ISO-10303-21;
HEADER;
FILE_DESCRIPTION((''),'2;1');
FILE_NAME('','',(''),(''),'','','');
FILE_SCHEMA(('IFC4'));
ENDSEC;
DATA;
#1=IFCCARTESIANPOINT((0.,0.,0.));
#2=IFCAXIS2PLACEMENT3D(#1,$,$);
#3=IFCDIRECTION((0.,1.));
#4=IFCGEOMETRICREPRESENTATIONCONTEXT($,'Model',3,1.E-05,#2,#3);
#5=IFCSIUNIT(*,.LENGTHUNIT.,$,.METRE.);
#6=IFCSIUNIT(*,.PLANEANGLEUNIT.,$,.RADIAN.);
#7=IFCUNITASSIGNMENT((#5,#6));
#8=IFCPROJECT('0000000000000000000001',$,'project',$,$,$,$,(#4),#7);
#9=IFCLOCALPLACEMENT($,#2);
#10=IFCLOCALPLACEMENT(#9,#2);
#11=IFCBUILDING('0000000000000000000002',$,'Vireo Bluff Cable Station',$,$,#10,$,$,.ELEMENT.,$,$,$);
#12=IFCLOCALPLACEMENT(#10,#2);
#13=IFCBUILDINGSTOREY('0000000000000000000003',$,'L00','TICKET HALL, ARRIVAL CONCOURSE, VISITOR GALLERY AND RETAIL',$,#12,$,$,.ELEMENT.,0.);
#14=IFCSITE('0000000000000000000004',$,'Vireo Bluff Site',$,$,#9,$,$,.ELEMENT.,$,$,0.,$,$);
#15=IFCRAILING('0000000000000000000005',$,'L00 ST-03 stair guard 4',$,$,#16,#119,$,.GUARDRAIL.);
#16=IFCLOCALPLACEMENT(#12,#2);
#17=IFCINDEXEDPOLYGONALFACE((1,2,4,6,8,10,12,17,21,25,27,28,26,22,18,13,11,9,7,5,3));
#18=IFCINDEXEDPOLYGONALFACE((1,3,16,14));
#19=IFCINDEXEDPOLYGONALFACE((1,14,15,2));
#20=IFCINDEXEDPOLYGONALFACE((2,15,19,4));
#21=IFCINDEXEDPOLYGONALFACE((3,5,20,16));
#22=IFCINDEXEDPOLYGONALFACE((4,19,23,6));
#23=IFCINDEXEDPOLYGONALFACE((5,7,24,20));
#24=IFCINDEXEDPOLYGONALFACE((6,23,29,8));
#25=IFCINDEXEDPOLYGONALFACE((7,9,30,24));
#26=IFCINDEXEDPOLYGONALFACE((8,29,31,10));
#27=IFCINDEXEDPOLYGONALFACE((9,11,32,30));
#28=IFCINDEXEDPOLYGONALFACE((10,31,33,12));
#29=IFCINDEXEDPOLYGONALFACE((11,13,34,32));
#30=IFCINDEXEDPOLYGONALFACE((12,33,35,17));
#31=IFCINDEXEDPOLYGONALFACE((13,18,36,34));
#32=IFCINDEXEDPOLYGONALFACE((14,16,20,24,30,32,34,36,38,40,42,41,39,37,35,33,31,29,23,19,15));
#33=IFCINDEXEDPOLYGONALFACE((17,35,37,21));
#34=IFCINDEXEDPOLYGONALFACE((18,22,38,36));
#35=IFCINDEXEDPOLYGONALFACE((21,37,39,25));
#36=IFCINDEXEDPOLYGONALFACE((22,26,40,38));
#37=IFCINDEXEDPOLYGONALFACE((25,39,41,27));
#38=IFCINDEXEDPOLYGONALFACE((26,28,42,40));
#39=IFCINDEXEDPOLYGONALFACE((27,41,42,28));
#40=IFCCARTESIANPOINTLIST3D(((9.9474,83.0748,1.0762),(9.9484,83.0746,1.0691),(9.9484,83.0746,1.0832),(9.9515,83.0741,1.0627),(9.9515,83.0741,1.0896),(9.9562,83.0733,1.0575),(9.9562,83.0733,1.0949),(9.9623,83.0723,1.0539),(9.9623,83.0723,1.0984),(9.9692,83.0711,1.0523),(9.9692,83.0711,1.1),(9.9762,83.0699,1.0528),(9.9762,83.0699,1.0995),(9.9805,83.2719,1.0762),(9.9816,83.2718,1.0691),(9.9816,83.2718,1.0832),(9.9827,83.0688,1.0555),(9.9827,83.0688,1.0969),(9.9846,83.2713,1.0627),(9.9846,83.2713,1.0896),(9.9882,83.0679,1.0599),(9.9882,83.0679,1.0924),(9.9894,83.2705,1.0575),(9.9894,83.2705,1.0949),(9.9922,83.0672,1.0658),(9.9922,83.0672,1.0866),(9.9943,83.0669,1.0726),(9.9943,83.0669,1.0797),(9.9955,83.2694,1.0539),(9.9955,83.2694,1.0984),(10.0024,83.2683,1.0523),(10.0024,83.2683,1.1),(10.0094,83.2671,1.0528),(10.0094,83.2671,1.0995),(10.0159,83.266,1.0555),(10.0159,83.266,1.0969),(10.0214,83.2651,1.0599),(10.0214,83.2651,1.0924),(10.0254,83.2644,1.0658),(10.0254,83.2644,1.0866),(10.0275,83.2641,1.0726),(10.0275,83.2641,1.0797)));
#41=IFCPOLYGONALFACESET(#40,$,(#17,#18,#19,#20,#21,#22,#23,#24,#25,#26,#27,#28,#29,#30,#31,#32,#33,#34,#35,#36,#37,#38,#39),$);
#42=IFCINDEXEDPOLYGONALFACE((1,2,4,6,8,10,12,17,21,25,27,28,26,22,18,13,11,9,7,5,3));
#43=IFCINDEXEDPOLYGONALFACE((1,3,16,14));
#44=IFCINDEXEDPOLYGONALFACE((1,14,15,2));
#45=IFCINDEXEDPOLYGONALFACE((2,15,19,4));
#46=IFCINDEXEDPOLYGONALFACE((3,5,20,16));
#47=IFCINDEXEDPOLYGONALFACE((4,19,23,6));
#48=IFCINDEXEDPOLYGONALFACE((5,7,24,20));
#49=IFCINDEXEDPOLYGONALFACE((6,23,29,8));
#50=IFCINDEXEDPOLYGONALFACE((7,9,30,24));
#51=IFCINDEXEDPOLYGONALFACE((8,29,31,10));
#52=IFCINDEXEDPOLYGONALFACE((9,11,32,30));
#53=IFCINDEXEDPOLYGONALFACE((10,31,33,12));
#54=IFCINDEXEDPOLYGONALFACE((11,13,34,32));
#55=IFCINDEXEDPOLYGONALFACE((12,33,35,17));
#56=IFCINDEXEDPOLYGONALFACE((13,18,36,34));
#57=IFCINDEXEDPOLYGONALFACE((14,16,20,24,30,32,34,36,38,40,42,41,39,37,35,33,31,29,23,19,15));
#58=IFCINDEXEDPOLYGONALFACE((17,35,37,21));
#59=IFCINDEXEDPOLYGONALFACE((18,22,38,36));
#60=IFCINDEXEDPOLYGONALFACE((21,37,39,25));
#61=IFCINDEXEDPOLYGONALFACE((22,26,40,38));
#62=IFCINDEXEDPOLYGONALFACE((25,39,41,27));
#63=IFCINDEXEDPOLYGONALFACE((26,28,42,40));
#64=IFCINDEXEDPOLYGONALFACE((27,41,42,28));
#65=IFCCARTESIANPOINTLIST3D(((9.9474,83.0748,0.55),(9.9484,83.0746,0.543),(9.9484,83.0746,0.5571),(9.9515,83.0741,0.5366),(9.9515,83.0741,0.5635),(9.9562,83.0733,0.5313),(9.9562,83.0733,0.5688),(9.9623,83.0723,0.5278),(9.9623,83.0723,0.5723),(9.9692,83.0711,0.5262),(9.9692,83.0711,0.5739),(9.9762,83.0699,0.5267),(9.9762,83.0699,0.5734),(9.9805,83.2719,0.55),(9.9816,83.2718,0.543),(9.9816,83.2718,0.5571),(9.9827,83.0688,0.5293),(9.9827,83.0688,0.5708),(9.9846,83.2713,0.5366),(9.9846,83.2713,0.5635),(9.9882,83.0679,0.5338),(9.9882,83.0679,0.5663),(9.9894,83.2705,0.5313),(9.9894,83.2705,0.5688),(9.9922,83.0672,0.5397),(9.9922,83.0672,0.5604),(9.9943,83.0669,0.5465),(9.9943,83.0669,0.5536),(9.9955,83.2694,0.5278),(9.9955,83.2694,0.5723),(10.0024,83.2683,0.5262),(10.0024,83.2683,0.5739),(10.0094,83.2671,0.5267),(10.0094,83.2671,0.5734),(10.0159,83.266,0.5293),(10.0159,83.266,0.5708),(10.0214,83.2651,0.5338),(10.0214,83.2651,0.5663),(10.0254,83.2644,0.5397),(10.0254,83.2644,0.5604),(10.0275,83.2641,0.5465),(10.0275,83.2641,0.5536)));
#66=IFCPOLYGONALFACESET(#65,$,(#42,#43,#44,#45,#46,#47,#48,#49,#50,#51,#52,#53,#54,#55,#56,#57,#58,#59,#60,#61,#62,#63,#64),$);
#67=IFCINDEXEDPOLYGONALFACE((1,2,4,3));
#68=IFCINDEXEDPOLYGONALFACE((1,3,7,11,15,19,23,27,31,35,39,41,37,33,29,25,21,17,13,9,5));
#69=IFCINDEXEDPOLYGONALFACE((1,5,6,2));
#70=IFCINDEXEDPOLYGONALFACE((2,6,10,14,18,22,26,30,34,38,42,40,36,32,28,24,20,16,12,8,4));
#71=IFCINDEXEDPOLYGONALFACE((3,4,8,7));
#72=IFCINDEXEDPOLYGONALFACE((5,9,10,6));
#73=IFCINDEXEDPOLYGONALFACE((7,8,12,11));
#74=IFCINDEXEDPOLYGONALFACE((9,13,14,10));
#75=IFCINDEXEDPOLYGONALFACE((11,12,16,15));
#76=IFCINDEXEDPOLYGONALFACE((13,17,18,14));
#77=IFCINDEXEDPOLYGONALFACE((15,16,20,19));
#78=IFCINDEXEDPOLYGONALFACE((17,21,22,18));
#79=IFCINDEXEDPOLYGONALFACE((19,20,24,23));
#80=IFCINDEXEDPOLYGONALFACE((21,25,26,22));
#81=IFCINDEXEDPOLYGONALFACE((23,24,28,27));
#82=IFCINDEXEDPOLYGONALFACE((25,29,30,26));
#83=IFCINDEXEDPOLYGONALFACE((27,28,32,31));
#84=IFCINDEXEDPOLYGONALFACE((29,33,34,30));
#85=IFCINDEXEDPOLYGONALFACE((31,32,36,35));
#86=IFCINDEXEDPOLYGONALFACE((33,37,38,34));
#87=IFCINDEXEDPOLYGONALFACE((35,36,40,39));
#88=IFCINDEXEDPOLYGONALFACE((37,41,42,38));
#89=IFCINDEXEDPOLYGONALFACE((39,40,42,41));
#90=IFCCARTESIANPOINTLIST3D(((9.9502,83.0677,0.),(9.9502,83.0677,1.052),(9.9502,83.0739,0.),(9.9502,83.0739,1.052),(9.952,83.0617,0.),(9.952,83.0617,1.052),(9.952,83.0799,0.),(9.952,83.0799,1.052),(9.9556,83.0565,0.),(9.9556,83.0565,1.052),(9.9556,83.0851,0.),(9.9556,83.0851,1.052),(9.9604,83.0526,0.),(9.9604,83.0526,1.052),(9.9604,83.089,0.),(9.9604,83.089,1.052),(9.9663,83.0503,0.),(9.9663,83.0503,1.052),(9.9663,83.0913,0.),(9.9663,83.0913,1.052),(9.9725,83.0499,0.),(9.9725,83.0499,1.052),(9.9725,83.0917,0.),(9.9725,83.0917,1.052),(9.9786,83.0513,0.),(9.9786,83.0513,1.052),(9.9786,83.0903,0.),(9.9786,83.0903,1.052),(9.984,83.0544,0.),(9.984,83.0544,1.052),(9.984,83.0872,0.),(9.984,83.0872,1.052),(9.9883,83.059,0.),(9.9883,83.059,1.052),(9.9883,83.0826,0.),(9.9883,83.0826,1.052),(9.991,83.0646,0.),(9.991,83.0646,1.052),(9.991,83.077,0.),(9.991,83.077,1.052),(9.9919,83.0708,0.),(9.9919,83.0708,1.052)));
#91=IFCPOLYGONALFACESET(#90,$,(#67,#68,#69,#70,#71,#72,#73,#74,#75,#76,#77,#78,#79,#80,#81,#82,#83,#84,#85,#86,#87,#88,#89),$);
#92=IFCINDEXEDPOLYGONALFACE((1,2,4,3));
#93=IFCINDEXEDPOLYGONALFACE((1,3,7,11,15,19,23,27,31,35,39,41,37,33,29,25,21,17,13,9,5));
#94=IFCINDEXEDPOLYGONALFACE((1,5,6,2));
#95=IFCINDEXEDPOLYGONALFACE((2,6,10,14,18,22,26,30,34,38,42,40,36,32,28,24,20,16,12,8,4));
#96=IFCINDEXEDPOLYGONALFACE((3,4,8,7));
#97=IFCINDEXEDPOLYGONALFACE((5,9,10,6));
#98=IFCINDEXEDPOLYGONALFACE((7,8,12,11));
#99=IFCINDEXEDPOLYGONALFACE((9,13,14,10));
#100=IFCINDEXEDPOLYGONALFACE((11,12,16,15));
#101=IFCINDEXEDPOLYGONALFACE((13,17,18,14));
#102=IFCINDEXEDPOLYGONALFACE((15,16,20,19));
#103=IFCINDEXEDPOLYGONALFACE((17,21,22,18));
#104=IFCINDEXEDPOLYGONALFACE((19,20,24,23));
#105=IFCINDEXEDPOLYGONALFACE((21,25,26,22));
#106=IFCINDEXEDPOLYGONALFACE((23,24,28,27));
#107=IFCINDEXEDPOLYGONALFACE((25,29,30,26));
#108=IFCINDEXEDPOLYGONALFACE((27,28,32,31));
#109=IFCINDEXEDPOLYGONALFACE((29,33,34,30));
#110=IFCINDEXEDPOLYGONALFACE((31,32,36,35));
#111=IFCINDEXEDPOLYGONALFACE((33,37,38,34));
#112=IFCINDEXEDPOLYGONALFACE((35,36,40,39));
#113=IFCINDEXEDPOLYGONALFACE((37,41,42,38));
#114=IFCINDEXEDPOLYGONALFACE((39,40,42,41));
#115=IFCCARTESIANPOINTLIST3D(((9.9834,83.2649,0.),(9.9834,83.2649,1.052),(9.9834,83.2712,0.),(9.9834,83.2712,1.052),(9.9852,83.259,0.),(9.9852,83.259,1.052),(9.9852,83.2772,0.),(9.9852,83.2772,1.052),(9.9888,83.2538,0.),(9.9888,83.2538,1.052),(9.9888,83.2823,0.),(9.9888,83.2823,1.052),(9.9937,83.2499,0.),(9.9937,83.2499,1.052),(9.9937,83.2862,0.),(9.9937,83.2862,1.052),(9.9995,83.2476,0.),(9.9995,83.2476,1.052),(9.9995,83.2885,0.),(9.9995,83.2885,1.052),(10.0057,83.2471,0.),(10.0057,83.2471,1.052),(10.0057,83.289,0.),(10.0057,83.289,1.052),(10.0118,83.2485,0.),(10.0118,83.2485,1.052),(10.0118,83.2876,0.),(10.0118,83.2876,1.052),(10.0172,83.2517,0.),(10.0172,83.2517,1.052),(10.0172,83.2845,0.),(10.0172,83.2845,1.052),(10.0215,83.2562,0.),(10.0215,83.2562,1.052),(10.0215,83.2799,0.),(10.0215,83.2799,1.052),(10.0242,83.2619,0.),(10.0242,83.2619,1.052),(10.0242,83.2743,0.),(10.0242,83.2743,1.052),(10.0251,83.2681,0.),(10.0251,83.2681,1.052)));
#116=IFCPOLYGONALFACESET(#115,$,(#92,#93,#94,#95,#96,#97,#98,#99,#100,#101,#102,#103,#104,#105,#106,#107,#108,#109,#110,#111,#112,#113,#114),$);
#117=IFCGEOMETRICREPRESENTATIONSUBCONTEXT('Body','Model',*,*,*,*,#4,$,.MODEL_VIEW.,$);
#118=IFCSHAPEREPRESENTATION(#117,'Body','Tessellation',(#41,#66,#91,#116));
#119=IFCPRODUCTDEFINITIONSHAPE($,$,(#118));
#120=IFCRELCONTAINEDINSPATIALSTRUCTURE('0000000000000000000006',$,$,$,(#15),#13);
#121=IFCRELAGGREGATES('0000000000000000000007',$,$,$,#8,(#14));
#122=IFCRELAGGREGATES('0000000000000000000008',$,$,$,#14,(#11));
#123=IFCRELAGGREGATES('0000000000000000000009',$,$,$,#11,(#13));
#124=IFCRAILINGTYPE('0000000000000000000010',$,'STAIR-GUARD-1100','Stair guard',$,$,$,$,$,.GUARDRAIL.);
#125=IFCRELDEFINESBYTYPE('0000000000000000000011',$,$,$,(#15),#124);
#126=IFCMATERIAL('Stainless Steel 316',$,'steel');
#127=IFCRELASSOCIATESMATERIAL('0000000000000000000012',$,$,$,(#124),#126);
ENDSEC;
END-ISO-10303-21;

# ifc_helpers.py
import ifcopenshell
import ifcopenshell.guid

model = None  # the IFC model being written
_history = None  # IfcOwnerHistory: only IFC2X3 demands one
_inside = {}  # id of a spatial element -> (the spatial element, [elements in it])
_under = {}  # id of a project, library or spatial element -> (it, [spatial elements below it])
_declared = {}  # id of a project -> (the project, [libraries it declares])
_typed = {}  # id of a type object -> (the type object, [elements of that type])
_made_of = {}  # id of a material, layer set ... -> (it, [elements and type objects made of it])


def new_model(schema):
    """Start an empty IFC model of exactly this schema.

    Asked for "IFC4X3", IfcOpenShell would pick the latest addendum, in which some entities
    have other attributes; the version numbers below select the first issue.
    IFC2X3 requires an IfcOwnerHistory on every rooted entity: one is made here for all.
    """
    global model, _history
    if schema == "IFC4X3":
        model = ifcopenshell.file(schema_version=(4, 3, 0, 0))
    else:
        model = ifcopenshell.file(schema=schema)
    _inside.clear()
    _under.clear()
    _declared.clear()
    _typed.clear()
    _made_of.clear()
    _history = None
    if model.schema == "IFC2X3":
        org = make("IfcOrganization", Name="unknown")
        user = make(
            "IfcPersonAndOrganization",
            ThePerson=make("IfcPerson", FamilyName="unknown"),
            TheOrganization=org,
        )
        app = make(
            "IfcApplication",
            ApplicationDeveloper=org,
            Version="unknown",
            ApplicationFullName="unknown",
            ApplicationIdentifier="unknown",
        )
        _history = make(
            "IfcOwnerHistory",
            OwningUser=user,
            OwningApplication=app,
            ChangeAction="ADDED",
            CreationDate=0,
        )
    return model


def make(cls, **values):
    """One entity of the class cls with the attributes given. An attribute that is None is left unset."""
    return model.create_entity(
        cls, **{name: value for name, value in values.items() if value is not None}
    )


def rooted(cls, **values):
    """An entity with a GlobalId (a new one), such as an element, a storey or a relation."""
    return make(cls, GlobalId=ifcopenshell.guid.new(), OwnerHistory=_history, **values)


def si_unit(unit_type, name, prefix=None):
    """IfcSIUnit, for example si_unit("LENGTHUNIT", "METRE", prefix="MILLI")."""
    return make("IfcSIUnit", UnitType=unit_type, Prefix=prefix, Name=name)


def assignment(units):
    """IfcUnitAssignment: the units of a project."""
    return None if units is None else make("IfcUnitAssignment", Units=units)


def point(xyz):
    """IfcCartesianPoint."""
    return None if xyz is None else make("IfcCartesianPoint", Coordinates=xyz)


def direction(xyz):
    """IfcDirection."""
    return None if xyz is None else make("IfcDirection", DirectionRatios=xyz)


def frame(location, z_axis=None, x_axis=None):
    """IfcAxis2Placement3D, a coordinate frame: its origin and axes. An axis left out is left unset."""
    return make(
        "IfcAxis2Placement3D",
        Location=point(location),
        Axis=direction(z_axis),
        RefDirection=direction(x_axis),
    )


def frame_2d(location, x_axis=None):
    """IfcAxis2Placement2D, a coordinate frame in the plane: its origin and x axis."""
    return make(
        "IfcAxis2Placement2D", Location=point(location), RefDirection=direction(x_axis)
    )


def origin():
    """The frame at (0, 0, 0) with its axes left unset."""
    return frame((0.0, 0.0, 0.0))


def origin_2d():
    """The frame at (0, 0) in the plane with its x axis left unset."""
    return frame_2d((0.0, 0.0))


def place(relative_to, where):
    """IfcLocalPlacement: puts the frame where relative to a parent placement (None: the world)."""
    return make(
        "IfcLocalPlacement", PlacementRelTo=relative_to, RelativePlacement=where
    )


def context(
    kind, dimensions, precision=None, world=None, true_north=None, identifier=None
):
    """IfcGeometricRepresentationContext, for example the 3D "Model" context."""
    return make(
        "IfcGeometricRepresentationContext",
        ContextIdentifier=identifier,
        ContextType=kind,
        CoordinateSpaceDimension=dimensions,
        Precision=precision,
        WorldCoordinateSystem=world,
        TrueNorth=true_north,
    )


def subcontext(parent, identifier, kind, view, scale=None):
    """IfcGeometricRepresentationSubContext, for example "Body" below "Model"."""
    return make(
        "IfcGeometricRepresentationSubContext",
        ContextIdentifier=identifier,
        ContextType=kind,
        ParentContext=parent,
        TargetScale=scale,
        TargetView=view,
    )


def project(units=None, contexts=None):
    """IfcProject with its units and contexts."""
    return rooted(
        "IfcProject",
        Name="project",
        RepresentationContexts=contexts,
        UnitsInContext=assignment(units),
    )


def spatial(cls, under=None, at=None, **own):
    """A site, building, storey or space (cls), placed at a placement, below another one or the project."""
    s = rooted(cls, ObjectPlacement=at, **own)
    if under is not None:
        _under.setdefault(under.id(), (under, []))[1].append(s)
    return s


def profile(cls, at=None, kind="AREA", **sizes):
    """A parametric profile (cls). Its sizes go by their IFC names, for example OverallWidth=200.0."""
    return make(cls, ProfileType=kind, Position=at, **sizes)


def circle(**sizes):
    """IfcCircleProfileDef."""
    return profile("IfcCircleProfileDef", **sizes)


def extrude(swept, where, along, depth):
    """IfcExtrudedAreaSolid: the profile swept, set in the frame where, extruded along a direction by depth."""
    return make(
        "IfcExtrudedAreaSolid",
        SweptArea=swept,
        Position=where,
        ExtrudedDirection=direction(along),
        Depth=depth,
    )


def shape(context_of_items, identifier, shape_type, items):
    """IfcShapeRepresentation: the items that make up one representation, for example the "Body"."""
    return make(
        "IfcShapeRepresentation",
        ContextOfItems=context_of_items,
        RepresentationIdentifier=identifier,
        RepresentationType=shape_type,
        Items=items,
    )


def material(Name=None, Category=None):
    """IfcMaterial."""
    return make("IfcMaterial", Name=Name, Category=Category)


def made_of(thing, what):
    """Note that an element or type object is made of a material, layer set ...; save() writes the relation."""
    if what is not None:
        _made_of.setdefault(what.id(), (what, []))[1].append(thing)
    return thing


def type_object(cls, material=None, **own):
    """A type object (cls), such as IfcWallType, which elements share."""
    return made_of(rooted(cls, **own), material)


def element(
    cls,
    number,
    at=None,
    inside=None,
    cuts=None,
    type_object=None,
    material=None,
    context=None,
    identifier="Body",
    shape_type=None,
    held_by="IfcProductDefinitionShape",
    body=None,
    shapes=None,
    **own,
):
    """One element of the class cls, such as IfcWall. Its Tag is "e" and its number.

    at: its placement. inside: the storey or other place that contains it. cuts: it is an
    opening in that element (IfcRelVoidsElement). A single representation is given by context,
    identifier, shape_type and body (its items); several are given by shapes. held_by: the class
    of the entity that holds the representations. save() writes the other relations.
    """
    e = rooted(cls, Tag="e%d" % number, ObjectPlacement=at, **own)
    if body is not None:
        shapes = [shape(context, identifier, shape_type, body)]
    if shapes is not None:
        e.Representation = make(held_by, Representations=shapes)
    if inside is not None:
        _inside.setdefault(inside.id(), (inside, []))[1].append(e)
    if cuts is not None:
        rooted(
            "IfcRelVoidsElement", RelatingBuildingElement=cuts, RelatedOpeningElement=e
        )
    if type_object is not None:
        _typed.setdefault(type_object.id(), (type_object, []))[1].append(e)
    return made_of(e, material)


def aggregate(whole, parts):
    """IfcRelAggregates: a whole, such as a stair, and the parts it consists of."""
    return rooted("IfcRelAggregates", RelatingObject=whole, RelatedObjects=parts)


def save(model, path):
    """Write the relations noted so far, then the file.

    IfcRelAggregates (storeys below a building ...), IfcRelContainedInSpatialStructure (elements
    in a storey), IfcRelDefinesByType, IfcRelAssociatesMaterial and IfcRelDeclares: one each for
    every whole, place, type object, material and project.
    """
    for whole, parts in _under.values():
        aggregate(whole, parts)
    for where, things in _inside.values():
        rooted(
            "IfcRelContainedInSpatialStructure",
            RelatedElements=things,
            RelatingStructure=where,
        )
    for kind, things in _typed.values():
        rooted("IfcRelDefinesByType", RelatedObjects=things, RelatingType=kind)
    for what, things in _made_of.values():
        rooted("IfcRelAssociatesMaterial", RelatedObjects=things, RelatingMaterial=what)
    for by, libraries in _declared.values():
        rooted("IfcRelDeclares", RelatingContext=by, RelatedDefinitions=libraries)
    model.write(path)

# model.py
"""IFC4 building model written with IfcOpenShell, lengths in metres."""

from ifc_helpers import new_model, si_unit, direction, frame, origin, origin_2d, place, context, subcontext, project, spatial, circle, extrude, material, type_object, element, save


model = new_model("IFC4")

# Units and contexts
model_context = context("Model", 3, precision=1e-05, world=origin(), true_north=direction((0.0, 1.0)))
body_context = subcontext(model_context, "Body", "Model", "MODEL_VIEW")
ifc_project = project(units=[si_unit("LENGTHUNIT", "METRE"), si_unit("PLANEANGLEUNIT", "RADIAN")], contexts=[model_context])

# Site, building, storey
site_placement = place(None, origin())
site = spatial("IfcSite", under=ifc_project, at=site_placement, Name="Vireo Bluff Site", CompositionType="ELEMENT", RefElevation=0.0)
building_placement = place(site_placement, origin())
building = spatial("IfcBuilding", under=site, at=building_placement, Name="Vireo Bluff Cable Station", CompositionType="ELEMENT")
storey_placement = place(building_placement, origin())
storey = spatial("IfcBuildingStorey", under=building, at=storey_placement, Name="L00", Description="TICKET HALL, ARRIVAL CONCOURSE, VISITOR GALLERY AND RETAIL", CompositionType="ELEMENT", Elevation=0.0)

# Railing
ifc_material_1 = material(Name="Stainless Steel 316", Category="steel")
railing_type_1 = type_object("IfcRailingType", Name="STAIR-GUARD-1100", Description="Stair guard", PredefinedType="GUARDRAIL", material=ifc_material_1)
railing_1_placement = place(storey_placement, frame((9.9709, 83.0708, 0.0)))
element("IfcRailing", 1, at=railing_1_placement, inside=storey, type_object=railing_type_1, Name="L00 ST-03 stair guard 4", PredefinedType="GUARDRAIL", context=body_context, shape_type="SweptSolid", body=[
    extrude(circle(Radius=0.0239, at=origin_2d()), frame((0.0, 0.0, 1.0762), z_axis=(0.165982, 0.986129, 0.0), x_axis=(-0.986129, 0.165982, 0.0)), (0.0, 0.0, 1.0), 0.2),
    extrude(circle(Radius=0.0239, at=origin_2d()), frame((0.0, 0.0, 0.55), z_axis=(0.165982, 0.986129, 0.0), x_axis=(-0.986129, 0.165982, 0.0)), (0.0, 0.0, 1.0), 0.2),
    extrude(circle(Radius=0.021, at=origin_2d()), origin(), (0.0, 0.0, 1.0), 1.052),
    extrude(circle(Radius=0.021, at=origin_2d()), frame((0.0332, 0.1973, 0.0)), (0.0, 0.0, 1.0), 1.052),
])

save(model, "model.ifc")
